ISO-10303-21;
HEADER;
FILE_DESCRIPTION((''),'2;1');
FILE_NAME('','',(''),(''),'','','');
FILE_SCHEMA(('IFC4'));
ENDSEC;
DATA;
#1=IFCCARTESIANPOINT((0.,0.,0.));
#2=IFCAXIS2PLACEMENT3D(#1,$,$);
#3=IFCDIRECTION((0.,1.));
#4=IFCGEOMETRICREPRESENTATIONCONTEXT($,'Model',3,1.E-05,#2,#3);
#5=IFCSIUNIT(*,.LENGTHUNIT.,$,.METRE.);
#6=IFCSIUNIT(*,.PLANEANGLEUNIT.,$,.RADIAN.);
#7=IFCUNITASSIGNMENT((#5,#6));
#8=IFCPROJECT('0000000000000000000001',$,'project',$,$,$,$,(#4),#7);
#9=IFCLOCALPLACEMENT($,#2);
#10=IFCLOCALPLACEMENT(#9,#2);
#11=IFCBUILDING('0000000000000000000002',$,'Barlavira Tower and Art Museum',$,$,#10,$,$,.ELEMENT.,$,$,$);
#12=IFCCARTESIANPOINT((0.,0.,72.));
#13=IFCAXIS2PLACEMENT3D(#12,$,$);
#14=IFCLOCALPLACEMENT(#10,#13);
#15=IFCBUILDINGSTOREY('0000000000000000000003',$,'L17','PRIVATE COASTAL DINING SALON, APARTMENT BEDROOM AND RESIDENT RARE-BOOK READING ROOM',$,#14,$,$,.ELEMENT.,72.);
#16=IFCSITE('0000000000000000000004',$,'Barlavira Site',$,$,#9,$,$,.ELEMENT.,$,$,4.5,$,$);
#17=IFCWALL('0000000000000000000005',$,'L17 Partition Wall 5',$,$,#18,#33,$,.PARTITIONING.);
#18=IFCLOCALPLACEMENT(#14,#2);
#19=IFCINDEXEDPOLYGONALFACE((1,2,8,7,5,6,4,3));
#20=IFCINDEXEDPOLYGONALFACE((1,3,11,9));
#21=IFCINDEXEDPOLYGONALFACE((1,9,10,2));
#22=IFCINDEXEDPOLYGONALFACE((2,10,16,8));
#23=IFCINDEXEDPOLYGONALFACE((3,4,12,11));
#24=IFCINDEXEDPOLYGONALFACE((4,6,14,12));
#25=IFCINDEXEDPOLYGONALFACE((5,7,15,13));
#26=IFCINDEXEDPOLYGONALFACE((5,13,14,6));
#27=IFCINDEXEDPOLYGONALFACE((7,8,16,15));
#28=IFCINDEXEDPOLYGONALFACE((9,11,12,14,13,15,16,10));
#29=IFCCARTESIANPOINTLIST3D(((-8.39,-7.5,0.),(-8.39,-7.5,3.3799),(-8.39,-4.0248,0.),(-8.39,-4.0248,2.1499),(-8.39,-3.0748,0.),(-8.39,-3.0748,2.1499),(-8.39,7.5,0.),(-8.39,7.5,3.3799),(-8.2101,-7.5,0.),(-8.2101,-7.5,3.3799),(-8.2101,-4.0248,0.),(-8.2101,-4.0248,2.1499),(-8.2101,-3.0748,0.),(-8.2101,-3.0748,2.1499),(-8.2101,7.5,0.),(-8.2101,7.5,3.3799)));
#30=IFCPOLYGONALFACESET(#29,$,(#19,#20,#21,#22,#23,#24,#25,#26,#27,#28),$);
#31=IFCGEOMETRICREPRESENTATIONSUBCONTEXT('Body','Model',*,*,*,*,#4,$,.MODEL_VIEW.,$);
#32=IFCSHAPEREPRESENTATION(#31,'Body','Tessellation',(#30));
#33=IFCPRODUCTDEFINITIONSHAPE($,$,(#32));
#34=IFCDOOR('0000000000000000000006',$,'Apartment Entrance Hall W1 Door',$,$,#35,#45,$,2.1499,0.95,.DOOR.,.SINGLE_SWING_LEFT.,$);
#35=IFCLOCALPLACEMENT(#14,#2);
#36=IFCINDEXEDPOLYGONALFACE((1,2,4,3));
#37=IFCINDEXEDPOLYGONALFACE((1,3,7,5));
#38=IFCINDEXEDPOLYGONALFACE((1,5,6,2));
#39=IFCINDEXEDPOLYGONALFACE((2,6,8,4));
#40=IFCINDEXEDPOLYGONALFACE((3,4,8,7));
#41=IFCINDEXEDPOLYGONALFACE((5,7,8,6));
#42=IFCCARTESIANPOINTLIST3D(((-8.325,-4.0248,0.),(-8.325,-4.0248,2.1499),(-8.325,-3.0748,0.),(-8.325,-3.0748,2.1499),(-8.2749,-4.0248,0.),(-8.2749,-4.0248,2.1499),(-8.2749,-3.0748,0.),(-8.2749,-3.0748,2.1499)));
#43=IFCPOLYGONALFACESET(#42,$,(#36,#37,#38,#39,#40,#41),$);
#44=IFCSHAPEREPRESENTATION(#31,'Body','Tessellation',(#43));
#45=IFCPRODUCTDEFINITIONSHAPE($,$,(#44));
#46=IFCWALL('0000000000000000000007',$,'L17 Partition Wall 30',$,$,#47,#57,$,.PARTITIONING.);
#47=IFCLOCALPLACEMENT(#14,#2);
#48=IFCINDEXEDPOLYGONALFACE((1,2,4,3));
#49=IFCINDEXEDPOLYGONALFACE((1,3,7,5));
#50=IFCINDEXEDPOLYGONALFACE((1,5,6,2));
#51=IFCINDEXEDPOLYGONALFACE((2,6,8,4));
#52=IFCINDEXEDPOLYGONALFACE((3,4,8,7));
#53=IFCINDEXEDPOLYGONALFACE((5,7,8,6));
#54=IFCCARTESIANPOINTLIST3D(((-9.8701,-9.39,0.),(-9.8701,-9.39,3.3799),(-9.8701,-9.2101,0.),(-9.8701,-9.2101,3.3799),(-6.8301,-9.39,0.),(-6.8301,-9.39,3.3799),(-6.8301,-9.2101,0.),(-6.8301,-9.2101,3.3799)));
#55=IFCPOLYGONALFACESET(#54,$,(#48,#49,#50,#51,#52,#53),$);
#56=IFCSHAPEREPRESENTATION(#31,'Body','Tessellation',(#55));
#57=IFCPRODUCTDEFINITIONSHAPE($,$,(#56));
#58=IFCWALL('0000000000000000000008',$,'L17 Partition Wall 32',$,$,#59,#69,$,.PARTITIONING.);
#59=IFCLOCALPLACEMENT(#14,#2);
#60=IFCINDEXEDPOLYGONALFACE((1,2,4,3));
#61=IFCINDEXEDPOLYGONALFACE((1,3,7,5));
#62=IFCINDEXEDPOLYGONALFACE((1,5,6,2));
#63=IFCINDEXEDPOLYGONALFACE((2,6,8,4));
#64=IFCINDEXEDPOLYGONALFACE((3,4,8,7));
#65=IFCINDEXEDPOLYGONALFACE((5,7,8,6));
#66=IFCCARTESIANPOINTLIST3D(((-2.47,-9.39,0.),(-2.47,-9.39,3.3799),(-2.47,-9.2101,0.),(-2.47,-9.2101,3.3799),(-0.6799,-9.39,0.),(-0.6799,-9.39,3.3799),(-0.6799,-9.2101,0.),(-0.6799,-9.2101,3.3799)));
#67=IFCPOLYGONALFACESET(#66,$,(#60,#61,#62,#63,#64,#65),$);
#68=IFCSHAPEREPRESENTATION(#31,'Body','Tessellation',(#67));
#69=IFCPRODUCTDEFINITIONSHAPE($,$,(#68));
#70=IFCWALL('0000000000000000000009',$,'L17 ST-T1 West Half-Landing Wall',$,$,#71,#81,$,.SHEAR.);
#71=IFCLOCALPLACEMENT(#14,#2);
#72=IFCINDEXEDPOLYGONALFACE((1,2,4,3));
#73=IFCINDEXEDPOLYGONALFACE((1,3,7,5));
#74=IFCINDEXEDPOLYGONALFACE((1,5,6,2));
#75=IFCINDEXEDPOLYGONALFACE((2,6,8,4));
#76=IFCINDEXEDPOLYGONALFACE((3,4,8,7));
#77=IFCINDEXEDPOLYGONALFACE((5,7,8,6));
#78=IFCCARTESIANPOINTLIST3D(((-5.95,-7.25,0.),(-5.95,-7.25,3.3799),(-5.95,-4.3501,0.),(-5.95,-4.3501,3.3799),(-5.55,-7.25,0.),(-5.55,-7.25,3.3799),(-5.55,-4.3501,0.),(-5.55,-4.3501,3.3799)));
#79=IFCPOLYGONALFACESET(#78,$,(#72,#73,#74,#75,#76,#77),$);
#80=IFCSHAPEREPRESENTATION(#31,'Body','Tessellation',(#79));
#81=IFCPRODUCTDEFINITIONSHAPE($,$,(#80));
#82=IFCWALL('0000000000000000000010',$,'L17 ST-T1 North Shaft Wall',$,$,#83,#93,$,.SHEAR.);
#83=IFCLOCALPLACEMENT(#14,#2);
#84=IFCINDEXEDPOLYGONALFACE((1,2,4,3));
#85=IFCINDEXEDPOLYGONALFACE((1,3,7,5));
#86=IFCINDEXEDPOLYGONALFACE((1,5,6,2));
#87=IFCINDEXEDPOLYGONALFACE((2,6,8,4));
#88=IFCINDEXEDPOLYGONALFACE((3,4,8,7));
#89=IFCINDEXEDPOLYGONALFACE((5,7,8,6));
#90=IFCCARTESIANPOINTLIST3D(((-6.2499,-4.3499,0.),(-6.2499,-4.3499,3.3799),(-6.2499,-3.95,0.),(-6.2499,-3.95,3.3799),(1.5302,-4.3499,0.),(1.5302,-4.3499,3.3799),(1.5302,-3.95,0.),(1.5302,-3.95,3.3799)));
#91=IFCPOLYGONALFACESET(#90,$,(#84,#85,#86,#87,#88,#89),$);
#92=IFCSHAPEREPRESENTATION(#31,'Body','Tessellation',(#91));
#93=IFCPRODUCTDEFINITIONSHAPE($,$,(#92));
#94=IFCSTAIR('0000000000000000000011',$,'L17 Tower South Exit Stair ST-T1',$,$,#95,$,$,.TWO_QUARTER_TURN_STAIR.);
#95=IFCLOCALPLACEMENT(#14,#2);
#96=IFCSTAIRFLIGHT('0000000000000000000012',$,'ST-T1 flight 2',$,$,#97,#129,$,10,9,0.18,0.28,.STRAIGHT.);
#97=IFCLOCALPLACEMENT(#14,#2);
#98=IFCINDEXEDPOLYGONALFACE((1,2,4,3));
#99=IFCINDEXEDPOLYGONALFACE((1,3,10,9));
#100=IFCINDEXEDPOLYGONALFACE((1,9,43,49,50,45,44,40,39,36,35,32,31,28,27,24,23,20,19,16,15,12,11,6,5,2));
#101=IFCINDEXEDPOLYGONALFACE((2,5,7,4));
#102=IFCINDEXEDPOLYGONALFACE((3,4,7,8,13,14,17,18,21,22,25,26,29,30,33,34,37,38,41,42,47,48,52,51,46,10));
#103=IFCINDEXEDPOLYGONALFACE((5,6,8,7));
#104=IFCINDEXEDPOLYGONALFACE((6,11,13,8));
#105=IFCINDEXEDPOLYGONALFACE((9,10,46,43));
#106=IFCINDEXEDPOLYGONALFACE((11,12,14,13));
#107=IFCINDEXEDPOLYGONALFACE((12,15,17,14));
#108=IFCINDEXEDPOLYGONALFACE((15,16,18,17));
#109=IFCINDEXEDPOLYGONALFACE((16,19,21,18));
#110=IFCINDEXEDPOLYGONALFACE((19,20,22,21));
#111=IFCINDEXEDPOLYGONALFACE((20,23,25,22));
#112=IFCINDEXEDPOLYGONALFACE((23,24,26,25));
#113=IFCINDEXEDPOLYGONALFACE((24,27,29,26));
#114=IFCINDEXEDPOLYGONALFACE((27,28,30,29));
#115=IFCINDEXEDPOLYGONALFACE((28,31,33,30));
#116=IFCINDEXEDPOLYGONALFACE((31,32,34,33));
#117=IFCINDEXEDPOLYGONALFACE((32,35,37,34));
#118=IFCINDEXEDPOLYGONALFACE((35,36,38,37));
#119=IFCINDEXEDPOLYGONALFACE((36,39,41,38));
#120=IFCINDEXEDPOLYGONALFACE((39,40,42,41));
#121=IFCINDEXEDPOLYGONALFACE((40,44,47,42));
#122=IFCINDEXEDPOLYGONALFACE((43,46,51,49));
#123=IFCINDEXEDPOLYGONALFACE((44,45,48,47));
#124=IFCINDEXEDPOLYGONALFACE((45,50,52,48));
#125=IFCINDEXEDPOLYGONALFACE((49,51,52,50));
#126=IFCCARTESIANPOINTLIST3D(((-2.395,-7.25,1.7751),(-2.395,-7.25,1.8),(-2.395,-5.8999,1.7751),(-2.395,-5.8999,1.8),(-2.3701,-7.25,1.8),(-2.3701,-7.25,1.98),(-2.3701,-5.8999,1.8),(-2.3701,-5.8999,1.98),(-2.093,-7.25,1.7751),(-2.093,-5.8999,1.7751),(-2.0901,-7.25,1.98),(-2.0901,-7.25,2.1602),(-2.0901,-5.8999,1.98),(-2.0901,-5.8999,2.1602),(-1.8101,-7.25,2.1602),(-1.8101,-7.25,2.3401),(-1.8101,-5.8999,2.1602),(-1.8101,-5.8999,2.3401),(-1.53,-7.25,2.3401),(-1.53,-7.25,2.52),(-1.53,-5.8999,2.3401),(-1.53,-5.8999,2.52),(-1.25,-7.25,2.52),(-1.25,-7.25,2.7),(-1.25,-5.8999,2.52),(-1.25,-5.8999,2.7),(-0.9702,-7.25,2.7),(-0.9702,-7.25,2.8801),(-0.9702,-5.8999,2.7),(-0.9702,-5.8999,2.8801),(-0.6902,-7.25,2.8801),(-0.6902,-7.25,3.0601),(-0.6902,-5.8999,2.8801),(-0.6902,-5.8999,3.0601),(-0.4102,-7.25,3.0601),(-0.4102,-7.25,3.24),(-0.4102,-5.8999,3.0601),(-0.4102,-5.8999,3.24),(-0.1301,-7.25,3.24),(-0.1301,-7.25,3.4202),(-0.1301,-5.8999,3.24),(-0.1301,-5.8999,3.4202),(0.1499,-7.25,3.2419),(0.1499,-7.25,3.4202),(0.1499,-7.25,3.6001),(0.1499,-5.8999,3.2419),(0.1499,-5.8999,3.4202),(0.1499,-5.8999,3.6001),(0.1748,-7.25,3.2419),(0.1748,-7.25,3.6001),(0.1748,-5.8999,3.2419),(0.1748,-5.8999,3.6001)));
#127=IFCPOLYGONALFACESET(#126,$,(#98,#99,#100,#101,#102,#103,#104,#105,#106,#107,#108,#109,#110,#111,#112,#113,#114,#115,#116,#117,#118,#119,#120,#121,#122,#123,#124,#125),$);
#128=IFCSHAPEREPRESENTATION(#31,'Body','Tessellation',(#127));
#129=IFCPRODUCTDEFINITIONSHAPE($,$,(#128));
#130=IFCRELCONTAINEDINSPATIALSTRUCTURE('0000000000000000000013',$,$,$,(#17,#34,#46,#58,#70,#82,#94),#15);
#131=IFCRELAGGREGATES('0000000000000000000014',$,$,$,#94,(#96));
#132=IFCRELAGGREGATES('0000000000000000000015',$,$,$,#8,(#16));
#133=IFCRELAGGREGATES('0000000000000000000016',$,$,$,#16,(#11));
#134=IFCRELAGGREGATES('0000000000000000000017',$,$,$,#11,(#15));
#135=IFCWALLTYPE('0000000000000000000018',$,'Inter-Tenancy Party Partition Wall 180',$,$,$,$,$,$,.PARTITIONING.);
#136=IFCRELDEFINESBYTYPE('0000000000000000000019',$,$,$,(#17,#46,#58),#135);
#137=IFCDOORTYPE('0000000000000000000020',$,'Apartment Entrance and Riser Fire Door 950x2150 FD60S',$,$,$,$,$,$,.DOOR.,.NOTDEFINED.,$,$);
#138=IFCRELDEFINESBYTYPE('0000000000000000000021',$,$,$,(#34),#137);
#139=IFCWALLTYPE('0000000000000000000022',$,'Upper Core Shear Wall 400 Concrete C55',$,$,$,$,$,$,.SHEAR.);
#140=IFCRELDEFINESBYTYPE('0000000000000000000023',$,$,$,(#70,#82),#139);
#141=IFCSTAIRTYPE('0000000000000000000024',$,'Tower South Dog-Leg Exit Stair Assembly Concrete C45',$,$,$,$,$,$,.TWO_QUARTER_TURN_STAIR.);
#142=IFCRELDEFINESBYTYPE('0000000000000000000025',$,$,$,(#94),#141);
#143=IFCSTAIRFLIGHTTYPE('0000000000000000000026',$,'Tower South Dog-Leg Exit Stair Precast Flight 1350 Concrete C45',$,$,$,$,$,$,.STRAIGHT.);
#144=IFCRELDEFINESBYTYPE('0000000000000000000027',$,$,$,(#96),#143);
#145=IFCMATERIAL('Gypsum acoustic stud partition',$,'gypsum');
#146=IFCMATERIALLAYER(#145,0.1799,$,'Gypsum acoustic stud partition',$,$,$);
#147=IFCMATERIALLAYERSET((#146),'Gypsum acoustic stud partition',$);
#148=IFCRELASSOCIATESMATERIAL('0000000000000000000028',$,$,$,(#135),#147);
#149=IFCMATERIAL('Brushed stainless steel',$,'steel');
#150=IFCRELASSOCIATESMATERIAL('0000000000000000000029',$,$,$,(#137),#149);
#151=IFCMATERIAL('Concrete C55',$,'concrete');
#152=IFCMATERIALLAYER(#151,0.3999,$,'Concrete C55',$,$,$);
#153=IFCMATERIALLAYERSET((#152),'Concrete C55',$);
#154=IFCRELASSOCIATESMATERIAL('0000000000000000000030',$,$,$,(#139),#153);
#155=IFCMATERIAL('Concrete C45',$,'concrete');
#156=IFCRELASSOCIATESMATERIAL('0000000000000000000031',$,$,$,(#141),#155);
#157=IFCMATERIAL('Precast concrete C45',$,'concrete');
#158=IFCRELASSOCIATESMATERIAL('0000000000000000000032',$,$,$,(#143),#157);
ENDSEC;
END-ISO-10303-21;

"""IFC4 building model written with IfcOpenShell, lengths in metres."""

from ifc_helpers import new_model, si_unit, direction, frame, frame_2d, origin, place, context, subcontext, project, spatial, polyline, rectangle, outline, extrude, material, layer, layer_set, type_object, element, fill, aggregate, save


model = new_model("IFC4")

# Units and contexts
model_context = context("Model", 3, precision=1e-05, world=origin(), true_north=direction((0.0, 1.0)))
body_context = subcontext(model_context, "Body", "Model", "MODEL_VIEW")
ifc_project = project(units=[si_unit("LENGTHUNIT", "METRE"), si_unit("PLANEANGLEUNIT", "RADIAN")], contexts=[model_context])

# Site, building, storey
site_placement = place(None, origin())
site = spatial("IfcSite", under=ifc_project, at=site_placement, Name="Barlavira Site", CompositionType="ELEMENT", RefElevation=4.5)
building_placement = place(site_placement, origin())
building = spatial("IfcBuilding", under=site, at=building_placement, Name="Barlavira Tower and Art Museum", CompositionType="ELEMENT")
storey_placement = place(building_placement, frame((0.0, 0.0, 72.0)))
storey = spatial("IfcBuildingStorey", under=building, at=storey_placement, Name="L17", Description="PRIVATE COASTAL DINING SALON, APARTMENT BEDROOM AND RESIDENT RARE-BOOK READING ROOM", CompositionType="ELEMENT", Elevation=72.0)

# Shared definitions
ifc_material_1 = material(Name="Brushed stainless steel", Category="steel")

# Wall, opening, door
ifc_material_2 = material(Name="Gypsum acoustic stud partition", Category="gypsum")
ifc_layer_1 = layer(ifc_material_2, 0.1799, Name="Gypsum acoustic stud partition")
ifc_layer_set_1 = layer_set([ifc_layer_1], Name="Gypsum acoustic stud partition")
wall_type_1 = type_object("IfcWallType", Name="Inter-Tenancy Party Partition Wall 180", PredefinedType="PARTITIONING", material=ifc_layer_set_1)
wall_1_placement = place(storey_placement, frame((-8.3, -7.5, 0.0), z_axis=(0.0, 0.0, 1.0), x_axis=(0.0, 1.0, 0.0)))
wall_1 = element("IfcWall", 1, at=wall_1_placement, inside=storey, type_object=wall_type_1, Name="L17 Partition Wall 5", PredefinedType="PARTITIONING", context=body_context, shape_type="SweptSolid", body=[
    extrude(rectangle(XDim=15.0, YDim=0.1799, at=frame_2d((7.5, 0.0))), origin(), (0.0, 0.0, 1.0), 3.3799),
])
opening_1_placement = place(wall_1_placement, frame((3.4751, 0.0, 0.0)))
opening_1 = element("IfcOpeningElement", 2, at=opening_1_placement, cuts=wall_1, PredefinedType="OPENING", context=body_context, shape_type="SweptSolid", body=[
    extrude(rectangle(XDim=0.95, YDim=2.1499, at=frame_2d((0.4751, 1.075))), frame((0.0, 0.1001, 0.0), z_axis=(0.0, -1.0, 0.0), x_axis=(1.0, 0.0, 0.0)), (0.0, 0.0, 1.0), 0.2),
])
door_type_1 = type_object("IfcDoorType", Name="Apartment Entrance and Riser Fire Door 950x2150 FD60S", OperationType="NOTDEFINED", PredefinedType="DOOR", material=ifc_material_1)
door_1_placement = place(opening_1_placement, origin())
door_1 = element("IfcDoor", 3, at=door_1_placement, inside=storey, type_object=door_type_1, Name="Apartment Entrance Hall W1 Door", OperationType="SINGLE_SWING_LEFT", OverallHeight=2.1499, OverallWidth=0.95, PredefinedType="DOOR", context=body_context, shape_type="SweptSolid", body=[
    extrude(rectangle(XDim=0.95, YDim=2.1499, at=frame_2d((0.4751, 1.075))), frame((0.0, 0.0249, 0.0), z_axis=(0.0, -1.0, 0.0), x_axis=(1.0, 0.0, 0.0)), (0.0, 0.0, 1.0), 0.05),
])
fill(opening_1, door_1)

# Wall
wall_2_placement = place(storey_placement, frame((-9.8701, -9.3, 0.0), z_axis=(0.0, 0.0, 1.0), x_axis=(1.0, 0.0, 0.0)))
element("IfcWall", 4, at=wall_2_placement, inside=storey, type_object=wall_type_1, Name="L17 Partition Wall 30", PredefinedType="PARTITIONING", context=body_context, shape_type="SweptSolid", body=[
    extrude(rectangle(XDim=3.04, YDim=0.1799, at=frame_2d((1.52, 0.0))), origin(), (0.0, 0.0, 1.0), 3.3799),
])

# Walls
wall_3_placement = place(storey_placement, frame((-2.47, -9.3, 0.0), z_axis=(0.0, 0.0, 1.0), x_axis=(1.0, 0.0, 0.0)))
element("IfcWall", 5, at=wall_3_placement, inside=storey, type_object=wall_type_1, Name="L17 Partition Wall 32", PredefinedType="PARTITIONING", context=body_context, shape_type="SweptSolid", body=[
    extrude(rectangle(XDim=1.79, YDim=0.1799, at=frame_2d((0.895, 0.0))), origin(), (0.0, 0.0, 1.0), 3.3799),
])
ifc_material_3 = material(Name="Concrete C55", Category="concrete")
ifc_layer_2 = layer(ifc_material_3, 0.3999, Name="Concrete C55")
ifc_layer_set_2 = layer_set([ifc_layer_2], Name="Concrete C55")
wall_type_2 = type_object("IfcWallType", Name="Upper Core Shear Wall 400 Concrete C55", PredefinedType="SHEAR", material=ifc_layer_set_2)
wall_4_placement = place(storey_placement, frame((-5.75, -7.25, 0.0), z_axis=(0.0, 0.0, 1.0), x_axis=(0.0, 1.0, 0.0)))
element("IfcWall", 6, at=wall_4_placement, inside=storey, type_object=wall_type_2, Name="L17 ST-T1 West Half-Landing Wall", PredefinedType="SHEAR", context=body_context, shape_type="SweptSolid", body=[
    extrude(rectangle(XDim=2.8999, YDim=0.3999, at=frame_2d((1.45, 0.0))), origin(), (0.0, 0.0, 1.0), 3.3799),
])
wall_5_placement = place(storey_placement, frame((-6.25, -4.1499, 0.0), z_axis=(0.0, 0.0, 1.0), x_axis=(1.0, 0.0, 0.0)))
element("IfcWall", 7, at=wall_5_placement, inside=storey, type_object=wall_type_2, Name="L17 ST-T1 North Shaft Wall", PredefinedType="SHEAR", context=body_context, shape_type="SweptSolid", body=[
    extrude(rectangle(XDim=7.78, YDim=0.3999, at=frame_2d((3.8901, 0.0))), origin(), (0.0, 0.0, 1.0), 3.3799),
])

# Stair, stair flight
ifc_material_4 = material(Name="Concrete C45", Category="concrete")
stair_type = type_object("IfcStairType", Name="Tower South Dog-Leg Exit Stair Assembly Concrete C45", PredefinedType="TWO_QUARTER_TURN_STAIR", material=ifc_material_4)
stair_placement = place(storey_placement, origin())
stair = element("IfcStair", 8, at=stair_placement, inside=storey, type_object=stair_type, Name="L17 Tower South Exit Stair ST-T1", PredefinedType="TWO_QUARTER_TURN_STAIR")
ifc_material_5 = material(Name="Precast concrete C45", Category="concrete")
stair_flight_type = type_object("IfcStairFlightType", Name="Tower South Dog-Leg Exit Stair Precast Flight 1350 Concrete C45", PredefinedType="STRAIGHT", material=ifc_material_5)
stair_flight_placement = place(storey_placement, frame((-2.3701, -6.575, 1.8), z_axis=(0.0, 0.0, 1.0), x_axis=(1.0, 0.0, 0.0)))
stair_flight = element("IfcStairFlight", 9, at=stair_flight_placement, type_object=stair_flight_type, Name="ST-T1 flight 2", NumberOfRisers=10, NumberOfTreads=9, PredefinedType="STRAIGHT", RiserHeight=0.18, TreadLength=0.28, context=body_context, shape_type="SweptSolid", body=[
    extrude(outline(polyline([(-0.0249, 0.0), (0.0, 0.0), (0.0, 0.1799), (0.28, 0.1799), (0.28, 0.3601), (0.5601, 0.3601), (0.5601, 0.54), (0.8401, 0.54), (0.8401, 0.72), (1.1201, 0.72), (1.1201, 0.8999), (1.3999, 0.8999), (1.3999, 1.0801), (1.6799, 1.0801), (1.6799, 1.26), (1.96, 1.26), (1.96, 1.4399), (2.24, 1.4399), (2.24, 1.6201), (2.52, 1.6201), (2.52, 1.8), (2.5449, 1.8), (2.5449, 1.4419), (2.52, 1.4419), (0.2771, -0.0249), (-0.0249, -0.0249), (-0.0249, 0.0)])), frame((0.0, 0.675, 0.0), z_axis=(0.0, -1.0, 0.0), x_axis=(1.0, 0.0, 0.0)), (0.0, 0.0, 1.0), 1.3501),
])
aggregate(stair, [stair_flight])

save(model, "model.ifc")
